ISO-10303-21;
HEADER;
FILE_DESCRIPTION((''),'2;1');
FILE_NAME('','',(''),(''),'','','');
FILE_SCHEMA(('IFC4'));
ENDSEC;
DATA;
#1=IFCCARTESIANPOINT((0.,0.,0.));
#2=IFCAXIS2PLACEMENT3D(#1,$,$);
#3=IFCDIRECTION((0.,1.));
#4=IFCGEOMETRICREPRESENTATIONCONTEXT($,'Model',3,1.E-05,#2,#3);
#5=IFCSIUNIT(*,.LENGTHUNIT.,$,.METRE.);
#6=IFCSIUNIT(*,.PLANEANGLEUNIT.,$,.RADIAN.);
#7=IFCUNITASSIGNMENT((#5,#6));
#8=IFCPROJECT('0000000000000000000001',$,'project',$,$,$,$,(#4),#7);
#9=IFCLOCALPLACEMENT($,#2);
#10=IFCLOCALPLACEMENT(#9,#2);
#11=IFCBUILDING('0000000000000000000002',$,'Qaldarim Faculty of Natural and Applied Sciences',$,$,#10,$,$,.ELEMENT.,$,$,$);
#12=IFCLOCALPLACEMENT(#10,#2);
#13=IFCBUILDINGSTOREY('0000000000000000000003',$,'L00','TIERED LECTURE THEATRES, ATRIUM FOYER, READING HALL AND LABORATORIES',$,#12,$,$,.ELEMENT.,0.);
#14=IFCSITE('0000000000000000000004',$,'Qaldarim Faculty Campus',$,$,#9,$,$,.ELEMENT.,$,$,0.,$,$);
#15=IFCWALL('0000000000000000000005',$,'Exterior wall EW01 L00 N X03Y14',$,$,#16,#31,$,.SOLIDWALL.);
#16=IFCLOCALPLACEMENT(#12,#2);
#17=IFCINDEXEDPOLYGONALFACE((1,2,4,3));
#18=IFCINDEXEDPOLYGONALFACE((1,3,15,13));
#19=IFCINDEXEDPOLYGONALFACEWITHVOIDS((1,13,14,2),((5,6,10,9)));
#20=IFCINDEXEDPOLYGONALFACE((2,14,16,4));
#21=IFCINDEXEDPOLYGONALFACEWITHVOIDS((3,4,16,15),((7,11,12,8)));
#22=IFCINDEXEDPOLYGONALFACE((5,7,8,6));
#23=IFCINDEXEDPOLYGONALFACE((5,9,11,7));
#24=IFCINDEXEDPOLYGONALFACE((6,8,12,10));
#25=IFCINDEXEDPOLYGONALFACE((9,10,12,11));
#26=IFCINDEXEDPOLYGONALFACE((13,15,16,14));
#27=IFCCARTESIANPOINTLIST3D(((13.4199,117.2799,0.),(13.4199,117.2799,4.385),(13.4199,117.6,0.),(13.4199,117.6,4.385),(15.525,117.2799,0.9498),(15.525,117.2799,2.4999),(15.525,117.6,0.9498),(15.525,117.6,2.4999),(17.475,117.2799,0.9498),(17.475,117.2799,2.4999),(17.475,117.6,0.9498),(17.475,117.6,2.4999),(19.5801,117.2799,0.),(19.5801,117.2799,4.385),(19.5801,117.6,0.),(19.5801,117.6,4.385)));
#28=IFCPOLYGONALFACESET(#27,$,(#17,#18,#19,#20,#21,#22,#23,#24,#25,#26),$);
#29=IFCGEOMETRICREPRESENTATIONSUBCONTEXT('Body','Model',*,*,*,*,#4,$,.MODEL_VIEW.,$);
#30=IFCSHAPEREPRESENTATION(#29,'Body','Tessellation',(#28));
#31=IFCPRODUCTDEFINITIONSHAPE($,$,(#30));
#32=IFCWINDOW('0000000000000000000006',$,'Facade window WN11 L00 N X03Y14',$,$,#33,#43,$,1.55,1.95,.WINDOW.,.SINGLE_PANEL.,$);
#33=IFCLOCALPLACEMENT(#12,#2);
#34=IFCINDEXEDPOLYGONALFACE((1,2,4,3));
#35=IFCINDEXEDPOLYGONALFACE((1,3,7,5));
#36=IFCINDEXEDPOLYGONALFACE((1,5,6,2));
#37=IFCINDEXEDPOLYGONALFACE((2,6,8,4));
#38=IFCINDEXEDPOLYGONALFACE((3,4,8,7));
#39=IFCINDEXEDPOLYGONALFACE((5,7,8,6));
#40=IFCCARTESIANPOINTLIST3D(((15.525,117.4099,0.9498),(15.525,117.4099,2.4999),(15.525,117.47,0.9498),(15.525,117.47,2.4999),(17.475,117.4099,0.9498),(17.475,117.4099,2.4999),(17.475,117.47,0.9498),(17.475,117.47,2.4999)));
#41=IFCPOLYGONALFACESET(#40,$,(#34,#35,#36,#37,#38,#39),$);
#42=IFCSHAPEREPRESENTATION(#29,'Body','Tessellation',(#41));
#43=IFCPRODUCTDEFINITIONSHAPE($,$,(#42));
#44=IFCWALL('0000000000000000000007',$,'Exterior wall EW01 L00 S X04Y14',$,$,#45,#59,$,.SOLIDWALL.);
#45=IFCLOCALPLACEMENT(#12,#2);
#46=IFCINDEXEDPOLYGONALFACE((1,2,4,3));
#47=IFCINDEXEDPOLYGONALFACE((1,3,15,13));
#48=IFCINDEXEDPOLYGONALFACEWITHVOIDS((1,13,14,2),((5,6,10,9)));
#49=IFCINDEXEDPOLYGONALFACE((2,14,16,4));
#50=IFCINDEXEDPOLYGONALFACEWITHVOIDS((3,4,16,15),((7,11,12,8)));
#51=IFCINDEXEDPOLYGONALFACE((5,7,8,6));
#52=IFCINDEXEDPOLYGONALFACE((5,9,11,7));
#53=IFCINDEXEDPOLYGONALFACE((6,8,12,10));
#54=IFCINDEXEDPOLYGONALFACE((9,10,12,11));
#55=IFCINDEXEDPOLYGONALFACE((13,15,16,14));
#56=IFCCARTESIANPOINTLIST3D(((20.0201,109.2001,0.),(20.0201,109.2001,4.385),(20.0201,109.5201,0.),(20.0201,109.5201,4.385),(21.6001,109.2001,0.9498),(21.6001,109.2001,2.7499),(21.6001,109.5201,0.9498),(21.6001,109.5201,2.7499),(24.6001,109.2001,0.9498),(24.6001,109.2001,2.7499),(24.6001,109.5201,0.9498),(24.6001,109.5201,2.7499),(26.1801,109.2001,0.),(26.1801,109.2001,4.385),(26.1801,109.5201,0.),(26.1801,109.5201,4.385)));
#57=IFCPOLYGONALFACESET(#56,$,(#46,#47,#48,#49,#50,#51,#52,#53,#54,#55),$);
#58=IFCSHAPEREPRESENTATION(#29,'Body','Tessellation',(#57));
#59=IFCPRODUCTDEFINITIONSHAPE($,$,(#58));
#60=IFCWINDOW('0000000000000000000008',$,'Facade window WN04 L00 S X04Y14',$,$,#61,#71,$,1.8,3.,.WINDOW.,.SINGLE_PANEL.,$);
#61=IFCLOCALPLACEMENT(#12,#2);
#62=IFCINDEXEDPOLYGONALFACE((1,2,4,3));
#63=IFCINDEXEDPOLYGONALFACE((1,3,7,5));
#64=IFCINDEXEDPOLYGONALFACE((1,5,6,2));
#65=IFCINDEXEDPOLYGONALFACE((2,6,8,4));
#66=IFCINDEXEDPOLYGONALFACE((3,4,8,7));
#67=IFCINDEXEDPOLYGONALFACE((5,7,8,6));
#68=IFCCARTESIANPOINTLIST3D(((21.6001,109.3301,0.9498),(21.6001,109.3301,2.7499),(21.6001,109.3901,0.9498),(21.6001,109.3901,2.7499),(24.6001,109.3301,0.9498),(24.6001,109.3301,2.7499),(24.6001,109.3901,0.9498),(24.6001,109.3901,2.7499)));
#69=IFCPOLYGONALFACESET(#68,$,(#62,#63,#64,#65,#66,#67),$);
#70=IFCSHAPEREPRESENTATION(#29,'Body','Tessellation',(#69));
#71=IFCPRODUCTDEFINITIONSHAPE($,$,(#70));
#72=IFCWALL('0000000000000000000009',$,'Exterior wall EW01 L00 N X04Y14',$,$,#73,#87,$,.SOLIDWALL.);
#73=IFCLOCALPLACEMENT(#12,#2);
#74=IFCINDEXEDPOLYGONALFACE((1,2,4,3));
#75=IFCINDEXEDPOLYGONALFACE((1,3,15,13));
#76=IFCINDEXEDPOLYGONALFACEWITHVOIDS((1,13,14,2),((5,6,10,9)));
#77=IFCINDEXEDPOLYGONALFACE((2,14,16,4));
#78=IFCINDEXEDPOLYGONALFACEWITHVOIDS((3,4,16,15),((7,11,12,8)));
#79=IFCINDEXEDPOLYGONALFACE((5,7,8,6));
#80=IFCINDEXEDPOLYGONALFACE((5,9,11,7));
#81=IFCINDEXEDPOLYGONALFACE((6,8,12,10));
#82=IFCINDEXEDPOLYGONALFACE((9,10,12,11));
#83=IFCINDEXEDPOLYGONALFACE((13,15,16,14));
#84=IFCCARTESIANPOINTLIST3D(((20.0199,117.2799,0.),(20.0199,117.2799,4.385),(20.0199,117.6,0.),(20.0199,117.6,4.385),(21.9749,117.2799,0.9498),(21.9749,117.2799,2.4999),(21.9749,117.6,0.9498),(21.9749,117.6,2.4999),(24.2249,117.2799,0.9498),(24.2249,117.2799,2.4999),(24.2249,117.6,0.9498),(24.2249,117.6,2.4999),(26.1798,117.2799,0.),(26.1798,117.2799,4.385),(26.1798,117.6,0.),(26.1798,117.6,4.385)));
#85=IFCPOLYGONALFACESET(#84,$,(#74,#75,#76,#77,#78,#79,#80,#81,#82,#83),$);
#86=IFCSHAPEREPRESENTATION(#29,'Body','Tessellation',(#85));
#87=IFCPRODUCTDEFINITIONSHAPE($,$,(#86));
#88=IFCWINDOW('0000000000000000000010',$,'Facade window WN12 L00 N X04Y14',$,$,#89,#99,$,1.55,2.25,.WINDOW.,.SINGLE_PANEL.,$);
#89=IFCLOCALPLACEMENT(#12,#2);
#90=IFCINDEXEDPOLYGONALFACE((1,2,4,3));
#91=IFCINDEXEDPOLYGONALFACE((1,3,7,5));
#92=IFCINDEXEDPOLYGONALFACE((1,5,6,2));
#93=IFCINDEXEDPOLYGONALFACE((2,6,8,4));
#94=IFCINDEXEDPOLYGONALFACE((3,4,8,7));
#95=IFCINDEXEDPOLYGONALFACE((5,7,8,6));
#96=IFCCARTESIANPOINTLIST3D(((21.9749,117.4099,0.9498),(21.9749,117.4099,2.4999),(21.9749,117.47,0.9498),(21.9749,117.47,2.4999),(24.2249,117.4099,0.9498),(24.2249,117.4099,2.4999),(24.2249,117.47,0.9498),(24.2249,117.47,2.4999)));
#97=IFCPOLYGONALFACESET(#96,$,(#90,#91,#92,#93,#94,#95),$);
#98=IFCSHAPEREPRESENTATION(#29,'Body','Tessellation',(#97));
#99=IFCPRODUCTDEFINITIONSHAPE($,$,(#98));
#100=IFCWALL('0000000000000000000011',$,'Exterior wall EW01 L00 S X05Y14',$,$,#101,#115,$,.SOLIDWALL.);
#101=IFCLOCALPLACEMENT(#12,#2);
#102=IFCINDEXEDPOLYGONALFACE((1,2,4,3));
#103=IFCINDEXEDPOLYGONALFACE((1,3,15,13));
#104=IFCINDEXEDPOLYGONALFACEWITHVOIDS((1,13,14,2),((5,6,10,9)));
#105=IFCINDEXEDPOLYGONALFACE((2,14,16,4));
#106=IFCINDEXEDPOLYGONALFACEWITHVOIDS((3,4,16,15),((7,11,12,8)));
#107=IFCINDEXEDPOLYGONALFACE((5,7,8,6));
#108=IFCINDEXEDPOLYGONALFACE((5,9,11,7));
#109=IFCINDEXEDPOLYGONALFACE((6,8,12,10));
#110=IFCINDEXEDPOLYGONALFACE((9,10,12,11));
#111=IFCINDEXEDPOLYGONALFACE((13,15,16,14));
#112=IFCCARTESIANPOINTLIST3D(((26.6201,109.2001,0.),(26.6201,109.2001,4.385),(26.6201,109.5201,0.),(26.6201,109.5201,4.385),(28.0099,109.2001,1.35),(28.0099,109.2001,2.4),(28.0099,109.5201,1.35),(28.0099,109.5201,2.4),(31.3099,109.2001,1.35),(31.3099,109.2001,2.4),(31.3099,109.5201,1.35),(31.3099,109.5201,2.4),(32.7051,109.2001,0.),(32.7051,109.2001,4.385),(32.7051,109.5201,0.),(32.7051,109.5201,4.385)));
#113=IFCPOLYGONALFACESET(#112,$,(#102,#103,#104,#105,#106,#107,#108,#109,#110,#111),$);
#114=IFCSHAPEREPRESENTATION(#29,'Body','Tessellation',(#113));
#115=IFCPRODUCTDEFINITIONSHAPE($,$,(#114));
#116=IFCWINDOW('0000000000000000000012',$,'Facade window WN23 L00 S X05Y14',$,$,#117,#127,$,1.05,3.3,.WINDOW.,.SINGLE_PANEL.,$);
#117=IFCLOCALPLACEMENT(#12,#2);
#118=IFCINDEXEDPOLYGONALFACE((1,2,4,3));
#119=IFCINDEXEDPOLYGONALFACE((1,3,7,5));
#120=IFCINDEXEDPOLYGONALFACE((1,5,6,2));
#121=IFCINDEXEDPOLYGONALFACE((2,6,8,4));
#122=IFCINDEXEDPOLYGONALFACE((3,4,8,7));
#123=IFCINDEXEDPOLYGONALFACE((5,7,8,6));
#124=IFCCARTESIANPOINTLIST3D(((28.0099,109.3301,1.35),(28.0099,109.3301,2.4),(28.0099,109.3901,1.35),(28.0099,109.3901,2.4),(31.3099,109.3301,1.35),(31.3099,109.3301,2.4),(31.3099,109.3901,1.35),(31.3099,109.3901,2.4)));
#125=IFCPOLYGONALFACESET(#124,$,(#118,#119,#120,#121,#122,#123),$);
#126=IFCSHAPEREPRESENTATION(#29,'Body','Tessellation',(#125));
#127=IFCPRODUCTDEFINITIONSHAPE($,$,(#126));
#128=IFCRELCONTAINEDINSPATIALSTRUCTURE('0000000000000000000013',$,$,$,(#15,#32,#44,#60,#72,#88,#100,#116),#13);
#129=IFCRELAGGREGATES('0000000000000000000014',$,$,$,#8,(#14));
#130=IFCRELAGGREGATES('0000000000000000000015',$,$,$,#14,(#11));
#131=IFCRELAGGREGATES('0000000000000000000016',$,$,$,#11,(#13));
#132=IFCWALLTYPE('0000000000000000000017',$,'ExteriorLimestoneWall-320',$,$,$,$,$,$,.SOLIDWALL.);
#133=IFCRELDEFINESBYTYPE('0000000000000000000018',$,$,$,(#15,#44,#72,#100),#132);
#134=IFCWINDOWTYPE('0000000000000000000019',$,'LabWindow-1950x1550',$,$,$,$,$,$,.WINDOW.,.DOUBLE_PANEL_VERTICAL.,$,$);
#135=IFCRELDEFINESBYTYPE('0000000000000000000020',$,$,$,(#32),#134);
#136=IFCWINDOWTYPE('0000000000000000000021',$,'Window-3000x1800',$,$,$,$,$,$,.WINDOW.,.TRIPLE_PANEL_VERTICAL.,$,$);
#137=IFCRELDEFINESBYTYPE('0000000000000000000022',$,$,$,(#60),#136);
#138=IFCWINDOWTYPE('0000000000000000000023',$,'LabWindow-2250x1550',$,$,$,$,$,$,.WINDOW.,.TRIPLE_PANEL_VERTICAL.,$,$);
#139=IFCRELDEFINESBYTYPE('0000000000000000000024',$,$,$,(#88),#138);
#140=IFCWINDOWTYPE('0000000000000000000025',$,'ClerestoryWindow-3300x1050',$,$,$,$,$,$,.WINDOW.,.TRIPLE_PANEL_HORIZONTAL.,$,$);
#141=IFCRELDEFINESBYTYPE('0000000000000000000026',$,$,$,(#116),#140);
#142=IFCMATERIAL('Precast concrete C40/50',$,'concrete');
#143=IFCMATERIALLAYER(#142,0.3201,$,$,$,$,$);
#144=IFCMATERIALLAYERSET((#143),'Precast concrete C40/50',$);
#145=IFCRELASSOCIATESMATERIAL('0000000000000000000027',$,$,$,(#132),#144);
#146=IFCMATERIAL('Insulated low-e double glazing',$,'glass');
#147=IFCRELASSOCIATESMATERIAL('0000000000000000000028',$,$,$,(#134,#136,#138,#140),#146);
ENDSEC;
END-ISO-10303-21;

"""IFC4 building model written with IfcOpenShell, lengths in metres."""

from ifc_helpers import new_model, si_unit, direction, frame, frame_2d, origin, place, context, subcontext, project, spatial, rectangle, extrude, material, layer, layer_set, type_object, element, fill, save


model = new_model("IFC4")

# Units and contexts
model_context = context("Model", 3, precision=1e-05, world=origin(), true_north=direction((0.0, 1.0)))
body_context = subcontext(model_context, "Body", "Model", "MODEL_VIEW")
ifc_project = project(units=[si_unit("LENGTHUNIT", "METRE"), si_unit("PLANEANGLEUNIT", "RADIAN")], contexts=[model_context])

# Site, building, storey
site_placement = place(None, origin())
site = spatial("IfcSite", under=ifc_project, at=site_placement, Name="Qaldarim Faculty Campus", CompositionType="ELEMENT", RefElevation=0.0)
building_placement = place(site_placement, origin())
building = spatial("IfcBuilding", under=site, at=building_placement, Name="Qaldarim Faculty of Natural and Applied Sciences", CompositionType="ELEMENT")
storey_placement = place(building_placement, origin())
storey = spatial("IfcBuildingStorey", under=building, at=storey_placement, Name="L00", Description="TIERED LECTURE THEATRES, ATRIUM FOYER, READING HALL AND LABORATORIES", CompositionType="ELEMENT", Elevation=0.0)

# Walls, openings, windows
ifc_material_1 = material(Name="Precast concrete C40/50", Category="concrete")
ifc_layer = layer(ifc_material_1, 0.3201)
ifc_layer_set = layer_set([ifc_layer], Name="Precast concrete C40/50")
wall_type = type_object("IfcWallType", Name="ExteriorLimestoneWall-320", PredefinedType="SOLIDWALL", material=ifc_layer_set)
ifc_material_2 = material(Name="Insulated low-e double glazing", Category="glass")
wall_1_placement = place(storey_placement, frame((19.5801, 117.4399, 0.0), z_axis=(0.0, 0.0, 1.0), x_axis=(-1.0, 0.0, 0.0)))
wall_1 = element("IfcWall", 1, at=wall_1_placement, inside=storey, type_object=wall_type, Name="Exterior wall EW01 L00 N X03Y14", PredefinedType="SOLIDWALL", context=body_context, shape_type="SweptSolid", body=[
    extrude(rectangle(XDim=6.1602, YDim=0.3201, at=frame_2d((3.0801, 0.0))), origin(), (0.0, 0.0, 1.0), 4.385),
])
opening_1_placement = place(wall_1_placement, frame((2.105, 0.0, 0.95)))
opening_1 = element("IfcOpeningElement", 2, at=opening_1_placement, cuts=wall_1, PredefinedType="OPENING", context=body_context, shape_type="SweptSolid", body=[
    extrude(rectangle(XDim=1.95, YDim=1.55, at=frame_2d((0.9751, 0.7749))), frame((0.0, 0.1699, 0.0), z_axis=(0.0, -1.0, 0.0), x_axis=(1.0, 0.0, 0.0)), (0.0, 0.0, 1.0), 0.3401),
])
window_type_1 = type_object("IfcWindowType", Name="LabWindow-1950x1550", PartitioningType="DOUBLE_PANEL_VERTICAL", PredefinedType="WINDOW", material=ifc_material_2)
window_1_placement = place(opening_1_placement, origin())
window_1 = element("IfcWindow", 3, at=window_1_placement, inside=storey, type_object=window_type_1, Name="Facade window WN11 L00 N X03Y14", OverallHeight=1.55, OverallWidth=1.95, PartitioningType="SINGLE_PANEL", PredefinedType="WINDOW", context=body_context, shape_type="SweptSolid", body=[
    extrude(rectangle(XDim=1.95, YDim=1.55, at=frame_2d((0.9751, 0.7749))), frame((0.0, 0.03, 0.0), z_axis=(0.0, -1.0, 0.0), x_axis=(1.0, 0.0, 0.0)), (0.0, 0.0, 1.0), 0.0601),
])
fill(opening_1, window_1)
wall_2_placement = place(storey_placement, frame((20.02, 109.3601, 0.0), z_axis=(0.0, 0.0, 1.0), x_axis=(1.0, 0.0, 0.0)))
wall_2 = element("IfcWall", 4, at=wall_2_placement, inside=storey, type_object=wall_type, Name="Exterior wall EW01 L00 S X04Y14", PredefinedType="SOLIDWALL", context=body_context, shape_type="SweptSolid", body=[
    extrude(rectangle(XDim=6.1599, YDim=0.3201, at=frame_2d((3.0801, 0.0))), origin(), (0.0, 0.0, 1.0), 4.385),
])
opening_2_placement = place(wall_2_placement, frame((1.5801, 0.0, 0.95)))
opening_2 = element("IfcOpeningElement", 5, at=opening_2_placement, cuts=wall_2, PredefinedType="OPENING", context=body_context, shape_type="SweptSolid", body=[
    extrude(rectangle(XDim=3.0, YDim=1.8, at=frame_2d((1.5, 0.8999))), frame((0.0, 0.1699, 0.0), z_axis=(0.0, -1.0, 0.0), x_axis=(1.0, 0.0, 0.0)), (0.0, 0.0, 1.0), 0.3401),
])
window_type_2 = type_object("IfcWindowType", Name="Window-3000x1800", PartitioningType="TRIPLE_PANEL_VERTICAL", PredefinedType="WINDOW", material=ifc_material_2)
window_2_placement = place(opening_2_placement, origin())
window_2 = element("IfcWindow", 6, at=window_2_placement, inside=storey, type_object=window_type_2, Name="Facade window WN04 L00 S X04Y14", OverallHeight=1.8, OverallWidth=3.0, PartitioningType="SINGLE_PANEL", PredefinedType="WINDOW", context=body_context, shape_type="SweptSolid", body=[
    extrude(rectangle(XDim=3.0, YDim=1.8, at=frame_2d((1.5, 0.8999))), frame((0.0, 0.03, 0.0), z_axis=(0.0, -1.0, 0.0), x_axis=(1.0, 0.0, 0.0)), (0.0, 0.0, 1.0), 0.0601),
])
fill(opening_2, window_2)
wall_3_placement = place(storey_placement, frame((26.1799, 117.4399, 0.0), z_axis=(0.0, 0.0, 1.0), x_axis=(-1.0, 0.0, 0.0)))
wall_3 = element("IfcWall", 7, at=wall_3_placement, inside=storey, type_object=wall_type, Name="Exterior wall EW01 L00 N X04Y14", PredefinedType="SOLIDWALL", context=body_context, shape_type="SweptSolid", body=[
    extrude(rectangle(XDim=6.1599, YDim=0.3201, at=frame_2d((3.0801, 0.0))), origin(), (0.0, 0.0, 1.0), 4.385),
])
opening_3_placement = place(wall_3_placement, frame((1.9551, 0.0, 0.95)))
opening_3 = element("IfcOpeningElement", 8, at=opening_3_placement, cuts=wall_3, PredefinedType="OPENING", context=body_context, shape_type="SweptSolid", body=[
    extrude(rectangle(XDim=2.25, YDim=1.55, at=frame_2d((1.125, 0.7749))), frame((0.0, 0.1699, 0.0), z_axis=(0.0, -1.0, 0.0), x_axis=(1.0, 0.0, 0.0)), (0.0, 0.0, 1.0), 0.3401),
])
window_type_3 = type_object("IfcWindowType", Name="LabWindow-2250x1550", PartitioningType="TRIPLE_PANEL_VERTICAL", PredefinedType="WINDOW", material=ifc_material_2)
window_3_placement = place(opening_3_placement, origin())
window_3 = element("IfcWindow", 9, at=window_3_placement, inside=storey, type_object=window_type_3, Name="Facade window WN12 L00 N X04Y14", OverallHeight=1.55, OverallWidth=2.25, PartitioningType="SINGLE_PANEL", PredefinedType="WINDOW", context=body_context, shape_type="SweptSolid", body=[
    extrude(rectangle(XDim=2.25, YDim=1.55, at=frame_2d((1.125, 0.7749))), frame((0.0, 0.03, 0.0), z_axis=(0.0, -1.0, 0.0), x_axis=(1.0, 0.0, 0.0)), (0.0, 0.0, 1.0), 0.0601),
])
fill(opening_3, window_3)
wall_4_placement = place(storey_placement, frame((26.6201, 109.3601, 0.0), z_axis=(0.0, 0.0, 1.0), x_axis=(1.0, 0.0, 0.0)))
wall_4 = element("IfcWall", 10, at=wall_4_placement, inside=storey, type_object=wall_type, Name="Exterior wall EW01 L00 S X05Y14", PredefinedType="SOLIDWALL", context=body_context, shape_type="SweptSolid", body=[
    extrude(rectangle(XDim=6.085, YDim=0.3201, at=frame_2d((3.0425, 0.0))), origin(), (0.0, 0.0, 1.0), 4.385),
])
opening_4_placement = place(wall_4_placement, frame((1.3899, 0.0, 1.3501)))
opening_4 = element("IfcOpeningElement", 11, at=opening_4_placement, cuts=wall_4, PredefinedType="OPENING", context=body_context, shape_type="SweptSolid", body=[
    extrude(rectangle(XDim=3.3, YDim=1.05, at=frame_2d((1.6499, 0.5249))), frame((0.0, 0.1699, 0.0), z_axis=(0.0, -1.0, 0.0), x_axis=(1.0, 0.0, 0.0)), (0.0, 0.0, 1.0), 0.3401),
])
window_type_4 = type_object("IfcWindowType", Name="ClerestoryWindow-3300x1050", PartitioningType="TRIPLE_PANEL_HORIZONTAL", PredefinedType="WINDOW", material=ifc_material_2)
window_4_placement = place(opening_4_placement, origin())
window_4 = element("IfcWindow", 12, at=window_4_placement, inside=storey, type_object=window_type_4, Name="Facade window WN23 L00 S X05Y14", OverallHeight=1.05, OverallWidth=3.3, PartitioningType="SINGLE_PANEL", PredefinedType="WINDOW", context=body_context, shape_type="SweptSolid", body=[
    extrude(rectangle(XDim=3.3, YDim=1.05, at=frame_2d((1.6499, 0.5249))), frame((0.0, 0.03, 0.0), z_axis=(0.0, -1.0, 0.0), x_axis=(1.0, 0.0, 0.0)), (0.0, 0.0, 1.0), 0.0601),
])
fill(opening_4, window_4)

save(model, "model.ifc")
